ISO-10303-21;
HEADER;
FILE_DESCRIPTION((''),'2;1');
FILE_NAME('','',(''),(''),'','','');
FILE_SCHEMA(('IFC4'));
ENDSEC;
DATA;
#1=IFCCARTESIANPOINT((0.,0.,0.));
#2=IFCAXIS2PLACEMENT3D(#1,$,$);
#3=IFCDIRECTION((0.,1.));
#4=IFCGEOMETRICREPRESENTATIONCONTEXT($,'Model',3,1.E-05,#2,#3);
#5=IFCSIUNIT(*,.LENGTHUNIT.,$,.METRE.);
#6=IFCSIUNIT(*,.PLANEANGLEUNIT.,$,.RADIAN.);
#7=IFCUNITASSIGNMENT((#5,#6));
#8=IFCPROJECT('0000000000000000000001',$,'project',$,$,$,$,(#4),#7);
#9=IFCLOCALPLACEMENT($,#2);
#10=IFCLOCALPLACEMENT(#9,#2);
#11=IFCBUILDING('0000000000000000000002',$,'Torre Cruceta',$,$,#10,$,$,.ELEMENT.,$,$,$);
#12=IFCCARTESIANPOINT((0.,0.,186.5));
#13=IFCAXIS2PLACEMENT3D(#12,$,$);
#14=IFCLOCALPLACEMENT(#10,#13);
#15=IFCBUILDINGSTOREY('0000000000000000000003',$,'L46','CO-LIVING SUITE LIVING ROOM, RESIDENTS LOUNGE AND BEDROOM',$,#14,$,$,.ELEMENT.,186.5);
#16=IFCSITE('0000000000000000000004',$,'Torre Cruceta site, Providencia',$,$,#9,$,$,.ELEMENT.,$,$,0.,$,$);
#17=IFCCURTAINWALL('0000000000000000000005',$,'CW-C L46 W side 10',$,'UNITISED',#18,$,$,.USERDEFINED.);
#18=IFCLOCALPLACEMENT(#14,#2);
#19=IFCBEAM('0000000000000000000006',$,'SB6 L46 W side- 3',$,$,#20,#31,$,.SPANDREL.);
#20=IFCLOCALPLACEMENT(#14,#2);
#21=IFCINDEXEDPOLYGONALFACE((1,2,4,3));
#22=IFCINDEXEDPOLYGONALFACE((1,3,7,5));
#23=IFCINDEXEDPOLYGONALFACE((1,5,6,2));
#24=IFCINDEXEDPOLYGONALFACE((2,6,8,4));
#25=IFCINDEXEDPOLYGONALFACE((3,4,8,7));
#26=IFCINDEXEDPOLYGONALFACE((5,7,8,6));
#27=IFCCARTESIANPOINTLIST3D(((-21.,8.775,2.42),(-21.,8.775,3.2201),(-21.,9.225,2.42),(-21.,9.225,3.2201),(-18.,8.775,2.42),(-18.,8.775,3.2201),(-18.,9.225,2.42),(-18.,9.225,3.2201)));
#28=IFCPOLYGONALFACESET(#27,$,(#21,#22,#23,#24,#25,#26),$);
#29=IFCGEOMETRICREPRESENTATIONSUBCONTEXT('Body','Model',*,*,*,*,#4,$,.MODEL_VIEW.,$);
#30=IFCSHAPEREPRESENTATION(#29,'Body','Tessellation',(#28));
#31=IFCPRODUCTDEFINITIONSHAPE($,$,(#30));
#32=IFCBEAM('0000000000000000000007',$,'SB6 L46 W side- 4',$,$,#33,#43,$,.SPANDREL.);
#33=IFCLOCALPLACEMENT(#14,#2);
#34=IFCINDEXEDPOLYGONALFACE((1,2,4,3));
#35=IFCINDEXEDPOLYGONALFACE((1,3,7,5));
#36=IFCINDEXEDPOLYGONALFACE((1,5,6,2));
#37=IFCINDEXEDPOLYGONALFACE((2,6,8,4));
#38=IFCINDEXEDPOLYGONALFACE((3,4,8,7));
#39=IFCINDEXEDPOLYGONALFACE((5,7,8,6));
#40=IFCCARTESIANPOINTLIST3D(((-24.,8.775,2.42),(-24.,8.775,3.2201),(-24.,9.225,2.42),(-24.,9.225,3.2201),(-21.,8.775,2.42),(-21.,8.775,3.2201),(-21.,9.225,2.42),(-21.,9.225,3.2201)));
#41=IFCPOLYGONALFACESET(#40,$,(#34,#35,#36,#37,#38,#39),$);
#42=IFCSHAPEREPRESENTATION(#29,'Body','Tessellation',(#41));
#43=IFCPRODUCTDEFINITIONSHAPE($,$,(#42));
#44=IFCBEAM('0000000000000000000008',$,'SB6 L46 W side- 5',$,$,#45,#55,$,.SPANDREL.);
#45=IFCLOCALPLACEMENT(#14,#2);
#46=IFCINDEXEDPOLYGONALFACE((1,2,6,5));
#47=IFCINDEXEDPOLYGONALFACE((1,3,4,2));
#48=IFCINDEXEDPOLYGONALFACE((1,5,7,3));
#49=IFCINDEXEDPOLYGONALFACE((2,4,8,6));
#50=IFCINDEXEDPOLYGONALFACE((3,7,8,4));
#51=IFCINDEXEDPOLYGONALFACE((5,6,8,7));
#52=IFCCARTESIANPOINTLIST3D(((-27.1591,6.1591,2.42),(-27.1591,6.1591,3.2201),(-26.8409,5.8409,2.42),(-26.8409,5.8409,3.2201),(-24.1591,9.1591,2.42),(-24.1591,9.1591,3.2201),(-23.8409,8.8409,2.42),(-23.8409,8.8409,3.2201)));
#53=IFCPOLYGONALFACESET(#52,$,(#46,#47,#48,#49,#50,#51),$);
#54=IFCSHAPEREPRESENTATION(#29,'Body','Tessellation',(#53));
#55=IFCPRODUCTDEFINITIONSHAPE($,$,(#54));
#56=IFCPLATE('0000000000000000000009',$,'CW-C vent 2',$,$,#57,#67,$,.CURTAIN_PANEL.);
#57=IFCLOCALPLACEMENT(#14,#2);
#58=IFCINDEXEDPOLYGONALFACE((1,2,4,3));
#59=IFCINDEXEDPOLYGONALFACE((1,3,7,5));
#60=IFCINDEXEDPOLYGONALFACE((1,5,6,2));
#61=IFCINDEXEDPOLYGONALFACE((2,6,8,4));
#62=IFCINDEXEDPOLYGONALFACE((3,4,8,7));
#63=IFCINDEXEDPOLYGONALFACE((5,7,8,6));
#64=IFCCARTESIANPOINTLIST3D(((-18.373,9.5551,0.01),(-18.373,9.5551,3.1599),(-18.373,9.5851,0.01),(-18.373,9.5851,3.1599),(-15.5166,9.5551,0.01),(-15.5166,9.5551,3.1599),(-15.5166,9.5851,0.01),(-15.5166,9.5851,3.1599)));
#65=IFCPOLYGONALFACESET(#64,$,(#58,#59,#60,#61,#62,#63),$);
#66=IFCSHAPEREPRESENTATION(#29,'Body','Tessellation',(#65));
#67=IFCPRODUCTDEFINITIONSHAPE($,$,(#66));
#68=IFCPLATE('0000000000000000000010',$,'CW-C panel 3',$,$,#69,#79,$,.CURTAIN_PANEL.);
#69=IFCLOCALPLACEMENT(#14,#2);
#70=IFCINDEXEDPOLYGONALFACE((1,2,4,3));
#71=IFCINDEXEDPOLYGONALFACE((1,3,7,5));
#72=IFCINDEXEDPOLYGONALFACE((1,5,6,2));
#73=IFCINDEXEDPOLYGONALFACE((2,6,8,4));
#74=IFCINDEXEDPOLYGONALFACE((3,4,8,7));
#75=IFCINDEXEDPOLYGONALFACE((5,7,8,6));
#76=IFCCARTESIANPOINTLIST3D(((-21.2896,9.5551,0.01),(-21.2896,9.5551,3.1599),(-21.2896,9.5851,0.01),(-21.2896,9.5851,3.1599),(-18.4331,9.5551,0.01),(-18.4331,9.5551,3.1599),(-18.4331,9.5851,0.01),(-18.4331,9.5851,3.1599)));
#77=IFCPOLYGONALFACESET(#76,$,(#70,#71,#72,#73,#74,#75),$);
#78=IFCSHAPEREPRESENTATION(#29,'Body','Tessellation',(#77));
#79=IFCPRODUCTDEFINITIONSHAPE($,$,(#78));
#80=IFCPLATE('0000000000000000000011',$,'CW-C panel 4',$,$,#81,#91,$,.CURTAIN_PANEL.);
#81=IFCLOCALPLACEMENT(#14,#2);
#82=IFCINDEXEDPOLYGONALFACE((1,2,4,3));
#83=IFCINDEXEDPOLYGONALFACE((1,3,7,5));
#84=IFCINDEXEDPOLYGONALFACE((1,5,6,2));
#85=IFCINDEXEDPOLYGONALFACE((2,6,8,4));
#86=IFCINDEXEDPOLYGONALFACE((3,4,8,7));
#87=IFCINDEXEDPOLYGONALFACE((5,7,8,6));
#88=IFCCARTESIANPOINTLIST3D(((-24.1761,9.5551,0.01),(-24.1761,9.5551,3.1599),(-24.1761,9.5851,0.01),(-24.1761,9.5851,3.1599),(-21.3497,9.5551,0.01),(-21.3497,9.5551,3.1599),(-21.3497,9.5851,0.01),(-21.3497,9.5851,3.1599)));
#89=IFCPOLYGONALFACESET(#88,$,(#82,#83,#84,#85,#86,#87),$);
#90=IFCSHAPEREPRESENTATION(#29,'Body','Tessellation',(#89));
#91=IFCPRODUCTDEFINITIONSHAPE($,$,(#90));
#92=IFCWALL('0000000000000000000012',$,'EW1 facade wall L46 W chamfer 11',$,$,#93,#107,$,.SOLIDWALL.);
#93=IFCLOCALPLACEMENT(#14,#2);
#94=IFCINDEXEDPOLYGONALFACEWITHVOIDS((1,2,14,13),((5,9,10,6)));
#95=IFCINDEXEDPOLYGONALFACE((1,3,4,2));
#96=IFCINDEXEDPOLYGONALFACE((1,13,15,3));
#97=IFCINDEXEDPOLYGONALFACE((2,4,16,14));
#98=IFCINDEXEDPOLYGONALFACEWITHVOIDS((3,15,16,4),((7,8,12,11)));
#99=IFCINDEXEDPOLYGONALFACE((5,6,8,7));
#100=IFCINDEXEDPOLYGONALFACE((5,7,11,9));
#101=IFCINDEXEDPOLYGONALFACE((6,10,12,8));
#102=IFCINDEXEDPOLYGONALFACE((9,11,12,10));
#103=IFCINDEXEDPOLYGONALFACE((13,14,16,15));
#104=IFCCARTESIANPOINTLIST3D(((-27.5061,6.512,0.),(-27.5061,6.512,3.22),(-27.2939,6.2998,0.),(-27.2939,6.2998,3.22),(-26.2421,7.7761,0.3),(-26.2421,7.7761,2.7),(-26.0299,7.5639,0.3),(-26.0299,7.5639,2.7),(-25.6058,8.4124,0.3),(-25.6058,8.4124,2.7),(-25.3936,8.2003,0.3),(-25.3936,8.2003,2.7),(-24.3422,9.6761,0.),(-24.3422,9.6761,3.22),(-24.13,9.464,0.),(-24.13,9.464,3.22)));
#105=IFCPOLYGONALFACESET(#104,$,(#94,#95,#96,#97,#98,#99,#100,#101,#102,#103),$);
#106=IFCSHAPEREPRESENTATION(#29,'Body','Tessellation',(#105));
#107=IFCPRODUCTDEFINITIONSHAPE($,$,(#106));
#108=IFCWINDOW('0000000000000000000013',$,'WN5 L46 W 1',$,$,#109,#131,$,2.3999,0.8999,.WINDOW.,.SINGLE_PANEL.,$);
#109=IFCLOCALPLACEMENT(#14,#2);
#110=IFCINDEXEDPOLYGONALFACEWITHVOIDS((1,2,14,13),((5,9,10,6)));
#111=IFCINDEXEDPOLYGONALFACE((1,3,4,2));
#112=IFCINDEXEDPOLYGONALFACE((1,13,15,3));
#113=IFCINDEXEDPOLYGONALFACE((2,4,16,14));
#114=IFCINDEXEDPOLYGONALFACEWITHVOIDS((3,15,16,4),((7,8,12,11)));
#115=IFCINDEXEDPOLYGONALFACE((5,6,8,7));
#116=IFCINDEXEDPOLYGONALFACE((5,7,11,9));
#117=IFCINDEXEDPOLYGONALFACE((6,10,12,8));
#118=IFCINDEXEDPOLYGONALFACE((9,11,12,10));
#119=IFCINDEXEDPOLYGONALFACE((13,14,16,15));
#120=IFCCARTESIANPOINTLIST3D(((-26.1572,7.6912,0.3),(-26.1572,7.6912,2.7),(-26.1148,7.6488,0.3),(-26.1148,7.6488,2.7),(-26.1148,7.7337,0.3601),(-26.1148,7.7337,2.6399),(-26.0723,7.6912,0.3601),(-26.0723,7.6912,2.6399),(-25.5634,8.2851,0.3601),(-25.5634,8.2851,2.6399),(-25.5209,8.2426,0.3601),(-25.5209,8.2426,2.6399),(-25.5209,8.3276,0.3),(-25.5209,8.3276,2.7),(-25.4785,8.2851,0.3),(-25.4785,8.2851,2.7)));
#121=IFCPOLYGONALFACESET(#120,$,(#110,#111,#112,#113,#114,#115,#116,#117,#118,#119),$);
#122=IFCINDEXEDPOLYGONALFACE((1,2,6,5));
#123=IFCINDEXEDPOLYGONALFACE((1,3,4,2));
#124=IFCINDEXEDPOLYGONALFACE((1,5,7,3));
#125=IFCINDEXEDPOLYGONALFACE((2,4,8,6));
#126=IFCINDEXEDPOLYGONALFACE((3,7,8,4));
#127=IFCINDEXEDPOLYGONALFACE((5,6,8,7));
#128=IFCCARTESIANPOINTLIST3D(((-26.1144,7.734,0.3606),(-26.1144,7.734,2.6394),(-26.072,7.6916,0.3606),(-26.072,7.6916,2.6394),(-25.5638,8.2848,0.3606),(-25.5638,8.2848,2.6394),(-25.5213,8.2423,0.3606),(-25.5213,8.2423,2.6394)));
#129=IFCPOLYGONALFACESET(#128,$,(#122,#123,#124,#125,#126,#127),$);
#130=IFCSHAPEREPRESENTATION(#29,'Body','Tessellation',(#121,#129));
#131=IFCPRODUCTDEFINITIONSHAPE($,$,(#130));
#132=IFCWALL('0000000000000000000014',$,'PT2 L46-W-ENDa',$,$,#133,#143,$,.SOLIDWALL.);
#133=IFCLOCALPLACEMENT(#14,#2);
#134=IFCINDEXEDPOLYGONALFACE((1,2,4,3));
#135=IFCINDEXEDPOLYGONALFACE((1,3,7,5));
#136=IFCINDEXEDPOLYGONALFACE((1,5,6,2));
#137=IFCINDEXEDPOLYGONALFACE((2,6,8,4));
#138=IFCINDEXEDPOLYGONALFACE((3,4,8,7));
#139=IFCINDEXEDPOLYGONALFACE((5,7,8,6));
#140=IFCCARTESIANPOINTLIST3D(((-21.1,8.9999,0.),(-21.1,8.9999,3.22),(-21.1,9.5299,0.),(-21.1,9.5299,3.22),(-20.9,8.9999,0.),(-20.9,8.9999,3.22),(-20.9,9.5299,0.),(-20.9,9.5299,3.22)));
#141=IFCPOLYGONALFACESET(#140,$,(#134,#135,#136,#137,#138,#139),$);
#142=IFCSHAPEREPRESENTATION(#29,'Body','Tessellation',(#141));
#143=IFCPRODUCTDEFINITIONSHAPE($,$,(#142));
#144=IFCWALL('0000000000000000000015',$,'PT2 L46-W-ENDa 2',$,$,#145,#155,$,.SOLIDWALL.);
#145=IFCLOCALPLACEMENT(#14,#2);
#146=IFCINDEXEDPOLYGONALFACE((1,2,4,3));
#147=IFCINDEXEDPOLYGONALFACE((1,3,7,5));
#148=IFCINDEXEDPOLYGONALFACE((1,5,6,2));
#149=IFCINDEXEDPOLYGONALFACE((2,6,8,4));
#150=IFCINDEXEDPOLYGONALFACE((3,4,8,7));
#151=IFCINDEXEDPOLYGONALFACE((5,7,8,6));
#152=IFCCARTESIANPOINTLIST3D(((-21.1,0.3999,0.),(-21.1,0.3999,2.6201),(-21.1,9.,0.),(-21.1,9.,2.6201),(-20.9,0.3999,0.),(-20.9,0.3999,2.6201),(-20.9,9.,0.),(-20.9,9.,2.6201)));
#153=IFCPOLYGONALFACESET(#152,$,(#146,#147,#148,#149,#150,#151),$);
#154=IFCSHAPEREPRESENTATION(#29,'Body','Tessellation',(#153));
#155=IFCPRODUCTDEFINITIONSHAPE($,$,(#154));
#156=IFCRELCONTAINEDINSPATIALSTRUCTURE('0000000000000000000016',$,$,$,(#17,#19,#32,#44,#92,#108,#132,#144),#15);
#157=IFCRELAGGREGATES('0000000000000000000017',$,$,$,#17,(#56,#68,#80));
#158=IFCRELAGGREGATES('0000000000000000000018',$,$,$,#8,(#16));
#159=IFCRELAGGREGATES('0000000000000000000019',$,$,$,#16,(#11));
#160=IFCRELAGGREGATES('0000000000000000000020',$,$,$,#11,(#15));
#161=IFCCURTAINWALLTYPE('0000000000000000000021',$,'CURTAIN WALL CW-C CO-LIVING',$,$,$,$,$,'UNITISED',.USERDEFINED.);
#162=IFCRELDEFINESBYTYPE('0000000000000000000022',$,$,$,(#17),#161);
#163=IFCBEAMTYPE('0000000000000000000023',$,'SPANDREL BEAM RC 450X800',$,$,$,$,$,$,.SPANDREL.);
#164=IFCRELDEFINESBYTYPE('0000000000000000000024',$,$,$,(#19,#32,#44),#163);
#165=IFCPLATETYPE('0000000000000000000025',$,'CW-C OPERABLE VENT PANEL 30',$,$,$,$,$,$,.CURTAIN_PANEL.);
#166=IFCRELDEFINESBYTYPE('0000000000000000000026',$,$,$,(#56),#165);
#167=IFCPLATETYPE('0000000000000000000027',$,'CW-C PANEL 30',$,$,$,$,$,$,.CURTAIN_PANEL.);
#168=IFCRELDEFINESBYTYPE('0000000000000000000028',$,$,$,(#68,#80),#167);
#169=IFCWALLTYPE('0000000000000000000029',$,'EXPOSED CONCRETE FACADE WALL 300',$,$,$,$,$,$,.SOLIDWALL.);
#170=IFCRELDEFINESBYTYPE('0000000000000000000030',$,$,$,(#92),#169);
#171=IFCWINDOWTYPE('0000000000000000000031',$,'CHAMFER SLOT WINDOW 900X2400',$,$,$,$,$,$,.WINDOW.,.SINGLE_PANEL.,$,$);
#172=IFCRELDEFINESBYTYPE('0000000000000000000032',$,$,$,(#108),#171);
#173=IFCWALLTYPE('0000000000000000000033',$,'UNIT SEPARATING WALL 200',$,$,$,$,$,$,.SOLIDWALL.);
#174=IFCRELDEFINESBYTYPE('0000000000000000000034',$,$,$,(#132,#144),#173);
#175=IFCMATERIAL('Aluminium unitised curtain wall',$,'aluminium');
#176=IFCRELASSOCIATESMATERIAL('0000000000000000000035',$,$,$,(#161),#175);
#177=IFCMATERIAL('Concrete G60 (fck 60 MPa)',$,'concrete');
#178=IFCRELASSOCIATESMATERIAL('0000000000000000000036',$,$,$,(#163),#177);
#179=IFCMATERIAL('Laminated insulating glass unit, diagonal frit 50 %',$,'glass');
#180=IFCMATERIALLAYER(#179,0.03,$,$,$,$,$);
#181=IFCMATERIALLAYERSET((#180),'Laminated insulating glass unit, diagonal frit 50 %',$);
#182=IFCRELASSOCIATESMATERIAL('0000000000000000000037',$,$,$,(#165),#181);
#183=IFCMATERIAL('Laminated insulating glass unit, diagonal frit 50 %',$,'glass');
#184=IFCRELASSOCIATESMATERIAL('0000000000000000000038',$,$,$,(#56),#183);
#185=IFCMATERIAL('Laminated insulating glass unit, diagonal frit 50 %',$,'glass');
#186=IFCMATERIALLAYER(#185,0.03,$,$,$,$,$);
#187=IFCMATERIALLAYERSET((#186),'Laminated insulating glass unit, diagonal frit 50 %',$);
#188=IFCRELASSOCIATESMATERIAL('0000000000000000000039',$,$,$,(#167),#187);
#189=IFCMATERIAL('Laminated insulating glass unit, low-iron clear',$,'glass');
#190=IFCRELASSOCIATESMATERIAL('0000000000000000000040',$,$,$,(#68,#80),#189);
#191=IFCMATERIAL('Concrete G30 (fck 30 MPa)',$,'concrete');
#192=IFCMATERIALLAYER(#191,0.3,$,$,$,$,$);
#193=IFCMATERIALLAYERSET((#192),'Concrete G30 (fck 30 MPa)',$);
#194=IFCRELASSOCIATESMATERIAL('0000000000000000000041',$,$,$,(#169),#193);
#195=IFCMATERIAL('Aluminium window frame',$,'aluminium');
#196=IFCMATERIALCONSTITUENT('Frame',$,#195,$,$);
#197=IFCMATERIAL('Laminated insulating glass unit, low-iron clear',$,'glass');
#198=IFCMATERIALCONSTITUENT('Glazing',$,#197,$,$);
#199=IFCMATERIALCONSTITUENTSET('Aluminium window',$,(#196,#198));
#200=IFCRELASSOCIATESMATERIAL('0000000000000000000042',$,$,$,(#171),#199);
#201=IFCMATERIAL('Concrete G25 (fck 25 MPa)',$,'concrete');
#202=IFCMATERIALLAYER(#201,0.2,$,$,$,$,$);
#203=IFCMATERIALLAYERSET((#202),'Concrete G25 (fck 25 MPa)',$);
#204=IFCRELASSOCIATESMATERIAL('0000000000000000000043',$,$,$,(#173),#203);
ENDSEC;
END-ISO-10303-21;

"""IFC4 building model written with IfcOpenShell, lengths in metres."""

from ifc_helpers import new_model, si_unit, direction, frame, frame_2d, origin, origin_2d, place, context, subcontext, project, spatial, rectangle, hollow_rectangle, extrude, material, layer, layer_set, constituent, constituent_set, material_profile, profile_set, type_object, element, fill, aggregate, save


model = new_model("IFC4")

# Units and contexts
model_context = context("Model", 3, precision=1e-05, world=origin(), true_north=direction((0.0, 1.0)))
body_context = subcontext(model_context, "Body", "Model", "MODEL_VIEW")
ifc_project = project(units=[si_unit("LENGTHUNIT", "METRE"), si_unit("PLANEANGLEUNIT", "RADIAN")], contexts=[model_context])

# Site, building, storey
site_placement = place(None, origin())
site = spatial("IfcSite", under=ifc_project, at=site_placement, Name="Torre Cruceta site, Providencia", CompositionType="ELEMENT", RefElevation=0.0)
building_placement = place(site_placement, origin())
building = spatial("IfcBuilding", under=site, at=building_placement, Name="Torre Cruceta", CompositionType="ELEMENT")
storey_placement = place(building_placement, frame((0.0, 0.0, 186.5)))
storey = spatial("IfcBuildingStorey", under=building, at=storey_placement, Name="L46", Description="CO-LIVING SUITE LIVING ROOM, RESIDENTS LOUNGE AND BEDROOM", CompositionType="ELEMENT", Elevation=186.5)

# Curtain wall
ifc_material_1 = material(Name="Aluminium unitised curtain wall", Category="aluminium")
curtain_wall_type = type_object("IfcCurtainWallType", Name="CURTAIN WALL CW-C CO-LIVING", ElementType="UNITISED", PredefinedType="USERDEFINED", material=ifc_material_1)
curtain_wall_placement = place(storey_placement, origin())
curtain_wall = element("IfcCurtainWall", 1, at=curtain_wall_placement, inside=storey, type_object=curtain_wall_type, Name="CW-C L46 W side 10", ObjectType="UNITISED", PredefinedType="USERDEFINED")

# Beams
ifc_material_2 = material(Name="Concrete G60 (fck 60 MPa)", Category="concrete")
ifc_material_profile_1 = material_profile(ifc_material_2, rectangle(XDim=0.45, YDim=0.8, at=origin_2d()), Name="RC 450X800")
ifc_profile_set_1 = profile_set([ifc_material_profile_1], Name="Concrete G60 (fck 60 MPa)")
beam_type_1 = type_object("IfcBeamType", Name="SPANDREL BEAM RC 450X800", PredefinedType="SPANDREL", material=ifc_profile_set_1)
for number, where, z_axis, x_axis, name in (
    (2, (-18.0, 9.0, 2.8201), (-1.0, 0.0, 0.0), (0.0, -1.0, 0.0), "SB6 L46 W side- 3"),
    (3, (-21.0, 9.0, 2.8201), (-1.0, 0.0, 0.0), (0.0, -1.0, 0.0), "SB6 L46 W side- 4"),
):
    element("IfcBeam", number, at=place(storey_placement, frame(where, z_axis=z_axis, x_axis=x_axis)), inside=storey, type_object=beam_type_1, Name=name, PredefinedType="SPANDREL", context=body_context, shape_type="SweptSolid", body=[
        extrude(rectangle(XDim=0.45, YDim=0.8, at=origin_2d()), origin(), (0.0, 0.0, 1.0), 3.0),
    ])
beam_1_placement = place(storey_placement, frame((-24.0, 9.0, 2.8201), z_axis=(-0.707107, -0.707107, 0.0), x_axis=(0.707107, -0.707107, 0.0)))
element("IfcBeam", 4, at=beam_1_placement, inside=storey, type_object=beam_type_1, Name="SB6 L46 W side- 5", PredefinedType="SPANDREL", context=body_context, shape_type="SweptSolid", body=[
    extrude(rectangle(XDim=0.45, YDim=0.8, at=origin_2d()), origin(), (0.0, 0.0, 1.0), 4.2427),
])

# Plates
ifc_material_3 = material(Name="Laminated insulating glass unit, diagonal frit 50 %", Category="glass")
ifc_material_4 = material(Name="Laminated insulating glass unit, diagonal frit 50 %", Category="glass")
ifc_layer_1 = layer(ifc_material_4, 0.03)
ifc_layer_set_1 = layer_set([ifc_layer_1], Name="Laminated insulating glass unit, diagonal frit 50 %")
plate_type_1 = type_object("IfcPlateType", Name="CW-C OPERABLE VENT PANEL 30", PredefinedType="CURTAIN_PANEL", material=ifc_layer_set_1)
plate_1_placement = place(storey_placement, frame((-16.9448, 9.5701, 0.01), z_axis=(0.0, 0.0, 1.0), x_axis=(-1.0, 0.0, 0.0)))
plate_1 = element("IfcPlate", 5, at=plate_1_placement, type_object=plate_type_1, material=ifc_material_3, Name="CW-C vent 2", PredefinedType="CURTAIN_PANEL", context=body_context, shape_type="SweptSolid", body=[
    extrude(rectangle(XDim=2.8564, YDim=0.03, at=origin_2d()), origin(), (0.0, 0.0, 1.0), 3.1499),
])
ifc_material_5 = material(Name="Laminated insulating glass unit, low-iron clear", Category="glass")
ifc_material_6 = material(Name="Laminated insulating glass unit, diagonal frit 50 %", Category="glass")
ifc_layer_2 = layer(ifc_material_6, 0.03)
ifc_layer_set_2 = layer_set([ifc_layer_2], Name="Laminated insulating glass unit, diagonal frit 50 %")
plate_type_2 = type_object("IfcPlateType", Name="CW-C PANEL 30", PredefinedType="CURTAIN_PANEL", material=ifc_layer_set_2)
plate_2_placement = place(storey_placement, frame((-19.8613, 9.5701, 0.01), z_axis=(0.0, 0.0, 1.0), x_axis=(-1.0, 0.0, 0.0)))
plate_2 = element("IfcPlate", 6, at=plate_2_placement, type_object=plate_type_2, material=ifc_material_5, Name="CW-C panel 3", PredefinedType="CURTAIN_PANEL", context=body_context, shape_type="SweptSolid", body=[
    extrude(rectangle(XDim=2.8564, YDim=0.03, at=origin_2d()), origin(), (0.0, 0.0, 1.0), 3.1499),
])
plate_3_placement = place(storey_placement, frame((-22.7629, 9.5701, 0.01), z_axis=(0.0, 0.0, 1.0), x_axis=(-1.0, 0.0, 0.0)))
plate_3 = element("IfcPlate", 7, at=plate_3_placement, type_object=plate_type_2, material=ifc_material_5, Name="CW-C panel 4", PredefinedType="CURTAIN_PANEL", context=body_context, shape_type="SweptSolid", body=[
    extrude(rectangle(XDim=2.8264, YDim=0.03, at=origin_2d()), origin(), (0.0, 0.0, 1.0), 3.1499),
])
aggregate(curtain_wall, [plate_1, plate_2, plate_3])

# Wall, opening, window
ifc_material_7 = material(Name="Concrete G30 (fck 30 MPa)", Category="concrete")
ifc_layer_3 = layer(ifc_material_7, 0.3)
ifc_layer_set_3 = layer_set([ifc_layer_3], Name="Concrete G30 (fck 30 MPa)")
wall_type_1 = type_object("IfcWallType", Name="EXPOSED CONCRETE FACADE WALL 300", PredefinedType="SOLIDWALL", material=ifc_layer_set_3)
wall_1_placement = place(storey_placement, frame((-24.2361, 9.5701, 0.0), z_axis=(0.0, 0.0, 1.0), x_axis=(-0.707079, -0.707134, 0.0)))
wall_1 = element("IfcWall", 8, at=wall_1_placement, inside=storey, type_object=wall_type_1, Name="EW1 facade wall L46 W chamfer 11", PredefinedType="SOLIDWALL", context=body_context, shape_type="SweptSolid", body=[
    extrude(rectangle(XDim=4.4746, YDim=0.3, at=frame_2d((2.2373, 0.0))), origin(), (0.0, 0.0, 1.0), 3.22),
])
opening_placement = place(wall_1_placement, frame((1.7871, 0.0, 0.3)))
opening = element("IfcOpeningElement", 9, at=opening_placement, cuts=wall_1, PredefinedType="OPENING", context=body_context, shape_type="SweptSolid", body=[
    extrude(rectangle(XDim=0.8999, YDim=2.3999, at=frame_2d((0.45, 1.2))), frame((0.0, 0.1599, 0.0), z_axis=(0.0, -1.0, 0.0), x_axis=(1.0, 0.0, 0.0)), (0.0, 0.0, 1.0), 0.3201),
])
ifc_material_8 = material(Name="Aluminium window frame", Category="aluminium")
ifc_constituent_1 = constituent(ifc_material_8, Name="Frame")
ifc_material_9 = material(Name="Laminated insulating glass unit, low-iron clear", Category="glass")
ifc_constituent_2 = constituent(ifc_material_9, Name="Glazing")
ifc_constituent_set = constituent_set(constituents=[ifc_constituent_1, ifc_constituent_2], Name="Aluminium window")
window_type = type_object("IfcWindowType", Name="CHAMFER SLOT WINDOW 900X2400", PartitioningType="SINGLE_PANEL", PredefinedType="WINDOW", material=ifc_constituent_set)
window_placement = place(opening_placement, origin())
window = element("IfcWindow", 10, at=window_placement, inside=storey, type_object=window_type, Name="WN5 L46 W 1", OverallHeight=2.3999, OverallWidth=0.8999, PartitioningType="SINGLE_PANEL", PredefinedType="WINDOW", context=body_context, shape_type="SweptSolid", body=[
    extrude(hollow_rectangle(XDim=0.8999, YDim=2.3999, WallThickness=0.0601, at=frame_2d((0.45, 1.2))), frame((0.0, 0.03, 0.0), z_axis=(0.0, -1.0, 0.0), x_axis=(1.0, 0.0, 0.0)), (0.0, 0.0, 1.0), 0.0601),
    extrude(rectangle(XDim=0.7788, YDim=2.2788, at=frame_2d((0.45, 1.2))), frame((0.0, 0.03, 0.0), z_axis=(0.0, -1.0, 0.0), x_axis=(1.0, 0.0, 0.0)), (0.0, 0.0, 1.0), 0.0601),
])
fill(opening, window)

# Walls
ifc_material_10 = material(Name="Concrete G25 (fck 25 MPa)", Category="concrete")
ifc_layer_4 = layer(ifc_material_10, 0.2)
ifc_layer_set_4 = layer_set([ifc_layer_4], Name="Concrete G25 (fck 25 MPa)")
wall_type_2 = type_object("IfcWallType", Name="UNIT SEPARATING WALL 200", PredefinedType="SOLIDWALL", material=ifc_layer_set_4)
wall_2_placement = place(storey_placement, frame((-21.0, 9.53, 0.0), z_axis=(0.0, 0.0, 1.0), x_axis=(0.0, -1.0, 0.0)))
element("IfcWall", 11, at=wall_2_placement, inside=storey, type_object=wall_type_2, Name="PT2 L46-W-ENDa", PredefinedType="SOLIDWALL", context=body_context, shape_type="SweptSolid", body=[
    extrude(rectangle(XDim=0.53, YDim=0.2, at=frame_2d((0.2651, 0.0))), origin(), (0.0, 0.0, 1.0), 3.22),
])
wall_3_placement = place(storey_placement, frame((-21.0, 9.0, 0.0), z_axis=(0.0, 0.0, 1.0), x_axis=(0.0, -1.0, 0.0)))
element("IfcWall", 12, at=wall_3_placement, inside=storey, type_object=wall_type_2, Name="PT2 L46-W-ENDa 2", PredefinedType="SOLIDWALL", context=body_context, shape_type="SweptSolid", body=[
    extrude(rectangle(XDim=8.6001, YDim=0.2, at=frame_2d((4.3, 0.0))), origin(), (0.0, 0.0, 1.0), 2.6201),
])

save(model, "model.ifc")
